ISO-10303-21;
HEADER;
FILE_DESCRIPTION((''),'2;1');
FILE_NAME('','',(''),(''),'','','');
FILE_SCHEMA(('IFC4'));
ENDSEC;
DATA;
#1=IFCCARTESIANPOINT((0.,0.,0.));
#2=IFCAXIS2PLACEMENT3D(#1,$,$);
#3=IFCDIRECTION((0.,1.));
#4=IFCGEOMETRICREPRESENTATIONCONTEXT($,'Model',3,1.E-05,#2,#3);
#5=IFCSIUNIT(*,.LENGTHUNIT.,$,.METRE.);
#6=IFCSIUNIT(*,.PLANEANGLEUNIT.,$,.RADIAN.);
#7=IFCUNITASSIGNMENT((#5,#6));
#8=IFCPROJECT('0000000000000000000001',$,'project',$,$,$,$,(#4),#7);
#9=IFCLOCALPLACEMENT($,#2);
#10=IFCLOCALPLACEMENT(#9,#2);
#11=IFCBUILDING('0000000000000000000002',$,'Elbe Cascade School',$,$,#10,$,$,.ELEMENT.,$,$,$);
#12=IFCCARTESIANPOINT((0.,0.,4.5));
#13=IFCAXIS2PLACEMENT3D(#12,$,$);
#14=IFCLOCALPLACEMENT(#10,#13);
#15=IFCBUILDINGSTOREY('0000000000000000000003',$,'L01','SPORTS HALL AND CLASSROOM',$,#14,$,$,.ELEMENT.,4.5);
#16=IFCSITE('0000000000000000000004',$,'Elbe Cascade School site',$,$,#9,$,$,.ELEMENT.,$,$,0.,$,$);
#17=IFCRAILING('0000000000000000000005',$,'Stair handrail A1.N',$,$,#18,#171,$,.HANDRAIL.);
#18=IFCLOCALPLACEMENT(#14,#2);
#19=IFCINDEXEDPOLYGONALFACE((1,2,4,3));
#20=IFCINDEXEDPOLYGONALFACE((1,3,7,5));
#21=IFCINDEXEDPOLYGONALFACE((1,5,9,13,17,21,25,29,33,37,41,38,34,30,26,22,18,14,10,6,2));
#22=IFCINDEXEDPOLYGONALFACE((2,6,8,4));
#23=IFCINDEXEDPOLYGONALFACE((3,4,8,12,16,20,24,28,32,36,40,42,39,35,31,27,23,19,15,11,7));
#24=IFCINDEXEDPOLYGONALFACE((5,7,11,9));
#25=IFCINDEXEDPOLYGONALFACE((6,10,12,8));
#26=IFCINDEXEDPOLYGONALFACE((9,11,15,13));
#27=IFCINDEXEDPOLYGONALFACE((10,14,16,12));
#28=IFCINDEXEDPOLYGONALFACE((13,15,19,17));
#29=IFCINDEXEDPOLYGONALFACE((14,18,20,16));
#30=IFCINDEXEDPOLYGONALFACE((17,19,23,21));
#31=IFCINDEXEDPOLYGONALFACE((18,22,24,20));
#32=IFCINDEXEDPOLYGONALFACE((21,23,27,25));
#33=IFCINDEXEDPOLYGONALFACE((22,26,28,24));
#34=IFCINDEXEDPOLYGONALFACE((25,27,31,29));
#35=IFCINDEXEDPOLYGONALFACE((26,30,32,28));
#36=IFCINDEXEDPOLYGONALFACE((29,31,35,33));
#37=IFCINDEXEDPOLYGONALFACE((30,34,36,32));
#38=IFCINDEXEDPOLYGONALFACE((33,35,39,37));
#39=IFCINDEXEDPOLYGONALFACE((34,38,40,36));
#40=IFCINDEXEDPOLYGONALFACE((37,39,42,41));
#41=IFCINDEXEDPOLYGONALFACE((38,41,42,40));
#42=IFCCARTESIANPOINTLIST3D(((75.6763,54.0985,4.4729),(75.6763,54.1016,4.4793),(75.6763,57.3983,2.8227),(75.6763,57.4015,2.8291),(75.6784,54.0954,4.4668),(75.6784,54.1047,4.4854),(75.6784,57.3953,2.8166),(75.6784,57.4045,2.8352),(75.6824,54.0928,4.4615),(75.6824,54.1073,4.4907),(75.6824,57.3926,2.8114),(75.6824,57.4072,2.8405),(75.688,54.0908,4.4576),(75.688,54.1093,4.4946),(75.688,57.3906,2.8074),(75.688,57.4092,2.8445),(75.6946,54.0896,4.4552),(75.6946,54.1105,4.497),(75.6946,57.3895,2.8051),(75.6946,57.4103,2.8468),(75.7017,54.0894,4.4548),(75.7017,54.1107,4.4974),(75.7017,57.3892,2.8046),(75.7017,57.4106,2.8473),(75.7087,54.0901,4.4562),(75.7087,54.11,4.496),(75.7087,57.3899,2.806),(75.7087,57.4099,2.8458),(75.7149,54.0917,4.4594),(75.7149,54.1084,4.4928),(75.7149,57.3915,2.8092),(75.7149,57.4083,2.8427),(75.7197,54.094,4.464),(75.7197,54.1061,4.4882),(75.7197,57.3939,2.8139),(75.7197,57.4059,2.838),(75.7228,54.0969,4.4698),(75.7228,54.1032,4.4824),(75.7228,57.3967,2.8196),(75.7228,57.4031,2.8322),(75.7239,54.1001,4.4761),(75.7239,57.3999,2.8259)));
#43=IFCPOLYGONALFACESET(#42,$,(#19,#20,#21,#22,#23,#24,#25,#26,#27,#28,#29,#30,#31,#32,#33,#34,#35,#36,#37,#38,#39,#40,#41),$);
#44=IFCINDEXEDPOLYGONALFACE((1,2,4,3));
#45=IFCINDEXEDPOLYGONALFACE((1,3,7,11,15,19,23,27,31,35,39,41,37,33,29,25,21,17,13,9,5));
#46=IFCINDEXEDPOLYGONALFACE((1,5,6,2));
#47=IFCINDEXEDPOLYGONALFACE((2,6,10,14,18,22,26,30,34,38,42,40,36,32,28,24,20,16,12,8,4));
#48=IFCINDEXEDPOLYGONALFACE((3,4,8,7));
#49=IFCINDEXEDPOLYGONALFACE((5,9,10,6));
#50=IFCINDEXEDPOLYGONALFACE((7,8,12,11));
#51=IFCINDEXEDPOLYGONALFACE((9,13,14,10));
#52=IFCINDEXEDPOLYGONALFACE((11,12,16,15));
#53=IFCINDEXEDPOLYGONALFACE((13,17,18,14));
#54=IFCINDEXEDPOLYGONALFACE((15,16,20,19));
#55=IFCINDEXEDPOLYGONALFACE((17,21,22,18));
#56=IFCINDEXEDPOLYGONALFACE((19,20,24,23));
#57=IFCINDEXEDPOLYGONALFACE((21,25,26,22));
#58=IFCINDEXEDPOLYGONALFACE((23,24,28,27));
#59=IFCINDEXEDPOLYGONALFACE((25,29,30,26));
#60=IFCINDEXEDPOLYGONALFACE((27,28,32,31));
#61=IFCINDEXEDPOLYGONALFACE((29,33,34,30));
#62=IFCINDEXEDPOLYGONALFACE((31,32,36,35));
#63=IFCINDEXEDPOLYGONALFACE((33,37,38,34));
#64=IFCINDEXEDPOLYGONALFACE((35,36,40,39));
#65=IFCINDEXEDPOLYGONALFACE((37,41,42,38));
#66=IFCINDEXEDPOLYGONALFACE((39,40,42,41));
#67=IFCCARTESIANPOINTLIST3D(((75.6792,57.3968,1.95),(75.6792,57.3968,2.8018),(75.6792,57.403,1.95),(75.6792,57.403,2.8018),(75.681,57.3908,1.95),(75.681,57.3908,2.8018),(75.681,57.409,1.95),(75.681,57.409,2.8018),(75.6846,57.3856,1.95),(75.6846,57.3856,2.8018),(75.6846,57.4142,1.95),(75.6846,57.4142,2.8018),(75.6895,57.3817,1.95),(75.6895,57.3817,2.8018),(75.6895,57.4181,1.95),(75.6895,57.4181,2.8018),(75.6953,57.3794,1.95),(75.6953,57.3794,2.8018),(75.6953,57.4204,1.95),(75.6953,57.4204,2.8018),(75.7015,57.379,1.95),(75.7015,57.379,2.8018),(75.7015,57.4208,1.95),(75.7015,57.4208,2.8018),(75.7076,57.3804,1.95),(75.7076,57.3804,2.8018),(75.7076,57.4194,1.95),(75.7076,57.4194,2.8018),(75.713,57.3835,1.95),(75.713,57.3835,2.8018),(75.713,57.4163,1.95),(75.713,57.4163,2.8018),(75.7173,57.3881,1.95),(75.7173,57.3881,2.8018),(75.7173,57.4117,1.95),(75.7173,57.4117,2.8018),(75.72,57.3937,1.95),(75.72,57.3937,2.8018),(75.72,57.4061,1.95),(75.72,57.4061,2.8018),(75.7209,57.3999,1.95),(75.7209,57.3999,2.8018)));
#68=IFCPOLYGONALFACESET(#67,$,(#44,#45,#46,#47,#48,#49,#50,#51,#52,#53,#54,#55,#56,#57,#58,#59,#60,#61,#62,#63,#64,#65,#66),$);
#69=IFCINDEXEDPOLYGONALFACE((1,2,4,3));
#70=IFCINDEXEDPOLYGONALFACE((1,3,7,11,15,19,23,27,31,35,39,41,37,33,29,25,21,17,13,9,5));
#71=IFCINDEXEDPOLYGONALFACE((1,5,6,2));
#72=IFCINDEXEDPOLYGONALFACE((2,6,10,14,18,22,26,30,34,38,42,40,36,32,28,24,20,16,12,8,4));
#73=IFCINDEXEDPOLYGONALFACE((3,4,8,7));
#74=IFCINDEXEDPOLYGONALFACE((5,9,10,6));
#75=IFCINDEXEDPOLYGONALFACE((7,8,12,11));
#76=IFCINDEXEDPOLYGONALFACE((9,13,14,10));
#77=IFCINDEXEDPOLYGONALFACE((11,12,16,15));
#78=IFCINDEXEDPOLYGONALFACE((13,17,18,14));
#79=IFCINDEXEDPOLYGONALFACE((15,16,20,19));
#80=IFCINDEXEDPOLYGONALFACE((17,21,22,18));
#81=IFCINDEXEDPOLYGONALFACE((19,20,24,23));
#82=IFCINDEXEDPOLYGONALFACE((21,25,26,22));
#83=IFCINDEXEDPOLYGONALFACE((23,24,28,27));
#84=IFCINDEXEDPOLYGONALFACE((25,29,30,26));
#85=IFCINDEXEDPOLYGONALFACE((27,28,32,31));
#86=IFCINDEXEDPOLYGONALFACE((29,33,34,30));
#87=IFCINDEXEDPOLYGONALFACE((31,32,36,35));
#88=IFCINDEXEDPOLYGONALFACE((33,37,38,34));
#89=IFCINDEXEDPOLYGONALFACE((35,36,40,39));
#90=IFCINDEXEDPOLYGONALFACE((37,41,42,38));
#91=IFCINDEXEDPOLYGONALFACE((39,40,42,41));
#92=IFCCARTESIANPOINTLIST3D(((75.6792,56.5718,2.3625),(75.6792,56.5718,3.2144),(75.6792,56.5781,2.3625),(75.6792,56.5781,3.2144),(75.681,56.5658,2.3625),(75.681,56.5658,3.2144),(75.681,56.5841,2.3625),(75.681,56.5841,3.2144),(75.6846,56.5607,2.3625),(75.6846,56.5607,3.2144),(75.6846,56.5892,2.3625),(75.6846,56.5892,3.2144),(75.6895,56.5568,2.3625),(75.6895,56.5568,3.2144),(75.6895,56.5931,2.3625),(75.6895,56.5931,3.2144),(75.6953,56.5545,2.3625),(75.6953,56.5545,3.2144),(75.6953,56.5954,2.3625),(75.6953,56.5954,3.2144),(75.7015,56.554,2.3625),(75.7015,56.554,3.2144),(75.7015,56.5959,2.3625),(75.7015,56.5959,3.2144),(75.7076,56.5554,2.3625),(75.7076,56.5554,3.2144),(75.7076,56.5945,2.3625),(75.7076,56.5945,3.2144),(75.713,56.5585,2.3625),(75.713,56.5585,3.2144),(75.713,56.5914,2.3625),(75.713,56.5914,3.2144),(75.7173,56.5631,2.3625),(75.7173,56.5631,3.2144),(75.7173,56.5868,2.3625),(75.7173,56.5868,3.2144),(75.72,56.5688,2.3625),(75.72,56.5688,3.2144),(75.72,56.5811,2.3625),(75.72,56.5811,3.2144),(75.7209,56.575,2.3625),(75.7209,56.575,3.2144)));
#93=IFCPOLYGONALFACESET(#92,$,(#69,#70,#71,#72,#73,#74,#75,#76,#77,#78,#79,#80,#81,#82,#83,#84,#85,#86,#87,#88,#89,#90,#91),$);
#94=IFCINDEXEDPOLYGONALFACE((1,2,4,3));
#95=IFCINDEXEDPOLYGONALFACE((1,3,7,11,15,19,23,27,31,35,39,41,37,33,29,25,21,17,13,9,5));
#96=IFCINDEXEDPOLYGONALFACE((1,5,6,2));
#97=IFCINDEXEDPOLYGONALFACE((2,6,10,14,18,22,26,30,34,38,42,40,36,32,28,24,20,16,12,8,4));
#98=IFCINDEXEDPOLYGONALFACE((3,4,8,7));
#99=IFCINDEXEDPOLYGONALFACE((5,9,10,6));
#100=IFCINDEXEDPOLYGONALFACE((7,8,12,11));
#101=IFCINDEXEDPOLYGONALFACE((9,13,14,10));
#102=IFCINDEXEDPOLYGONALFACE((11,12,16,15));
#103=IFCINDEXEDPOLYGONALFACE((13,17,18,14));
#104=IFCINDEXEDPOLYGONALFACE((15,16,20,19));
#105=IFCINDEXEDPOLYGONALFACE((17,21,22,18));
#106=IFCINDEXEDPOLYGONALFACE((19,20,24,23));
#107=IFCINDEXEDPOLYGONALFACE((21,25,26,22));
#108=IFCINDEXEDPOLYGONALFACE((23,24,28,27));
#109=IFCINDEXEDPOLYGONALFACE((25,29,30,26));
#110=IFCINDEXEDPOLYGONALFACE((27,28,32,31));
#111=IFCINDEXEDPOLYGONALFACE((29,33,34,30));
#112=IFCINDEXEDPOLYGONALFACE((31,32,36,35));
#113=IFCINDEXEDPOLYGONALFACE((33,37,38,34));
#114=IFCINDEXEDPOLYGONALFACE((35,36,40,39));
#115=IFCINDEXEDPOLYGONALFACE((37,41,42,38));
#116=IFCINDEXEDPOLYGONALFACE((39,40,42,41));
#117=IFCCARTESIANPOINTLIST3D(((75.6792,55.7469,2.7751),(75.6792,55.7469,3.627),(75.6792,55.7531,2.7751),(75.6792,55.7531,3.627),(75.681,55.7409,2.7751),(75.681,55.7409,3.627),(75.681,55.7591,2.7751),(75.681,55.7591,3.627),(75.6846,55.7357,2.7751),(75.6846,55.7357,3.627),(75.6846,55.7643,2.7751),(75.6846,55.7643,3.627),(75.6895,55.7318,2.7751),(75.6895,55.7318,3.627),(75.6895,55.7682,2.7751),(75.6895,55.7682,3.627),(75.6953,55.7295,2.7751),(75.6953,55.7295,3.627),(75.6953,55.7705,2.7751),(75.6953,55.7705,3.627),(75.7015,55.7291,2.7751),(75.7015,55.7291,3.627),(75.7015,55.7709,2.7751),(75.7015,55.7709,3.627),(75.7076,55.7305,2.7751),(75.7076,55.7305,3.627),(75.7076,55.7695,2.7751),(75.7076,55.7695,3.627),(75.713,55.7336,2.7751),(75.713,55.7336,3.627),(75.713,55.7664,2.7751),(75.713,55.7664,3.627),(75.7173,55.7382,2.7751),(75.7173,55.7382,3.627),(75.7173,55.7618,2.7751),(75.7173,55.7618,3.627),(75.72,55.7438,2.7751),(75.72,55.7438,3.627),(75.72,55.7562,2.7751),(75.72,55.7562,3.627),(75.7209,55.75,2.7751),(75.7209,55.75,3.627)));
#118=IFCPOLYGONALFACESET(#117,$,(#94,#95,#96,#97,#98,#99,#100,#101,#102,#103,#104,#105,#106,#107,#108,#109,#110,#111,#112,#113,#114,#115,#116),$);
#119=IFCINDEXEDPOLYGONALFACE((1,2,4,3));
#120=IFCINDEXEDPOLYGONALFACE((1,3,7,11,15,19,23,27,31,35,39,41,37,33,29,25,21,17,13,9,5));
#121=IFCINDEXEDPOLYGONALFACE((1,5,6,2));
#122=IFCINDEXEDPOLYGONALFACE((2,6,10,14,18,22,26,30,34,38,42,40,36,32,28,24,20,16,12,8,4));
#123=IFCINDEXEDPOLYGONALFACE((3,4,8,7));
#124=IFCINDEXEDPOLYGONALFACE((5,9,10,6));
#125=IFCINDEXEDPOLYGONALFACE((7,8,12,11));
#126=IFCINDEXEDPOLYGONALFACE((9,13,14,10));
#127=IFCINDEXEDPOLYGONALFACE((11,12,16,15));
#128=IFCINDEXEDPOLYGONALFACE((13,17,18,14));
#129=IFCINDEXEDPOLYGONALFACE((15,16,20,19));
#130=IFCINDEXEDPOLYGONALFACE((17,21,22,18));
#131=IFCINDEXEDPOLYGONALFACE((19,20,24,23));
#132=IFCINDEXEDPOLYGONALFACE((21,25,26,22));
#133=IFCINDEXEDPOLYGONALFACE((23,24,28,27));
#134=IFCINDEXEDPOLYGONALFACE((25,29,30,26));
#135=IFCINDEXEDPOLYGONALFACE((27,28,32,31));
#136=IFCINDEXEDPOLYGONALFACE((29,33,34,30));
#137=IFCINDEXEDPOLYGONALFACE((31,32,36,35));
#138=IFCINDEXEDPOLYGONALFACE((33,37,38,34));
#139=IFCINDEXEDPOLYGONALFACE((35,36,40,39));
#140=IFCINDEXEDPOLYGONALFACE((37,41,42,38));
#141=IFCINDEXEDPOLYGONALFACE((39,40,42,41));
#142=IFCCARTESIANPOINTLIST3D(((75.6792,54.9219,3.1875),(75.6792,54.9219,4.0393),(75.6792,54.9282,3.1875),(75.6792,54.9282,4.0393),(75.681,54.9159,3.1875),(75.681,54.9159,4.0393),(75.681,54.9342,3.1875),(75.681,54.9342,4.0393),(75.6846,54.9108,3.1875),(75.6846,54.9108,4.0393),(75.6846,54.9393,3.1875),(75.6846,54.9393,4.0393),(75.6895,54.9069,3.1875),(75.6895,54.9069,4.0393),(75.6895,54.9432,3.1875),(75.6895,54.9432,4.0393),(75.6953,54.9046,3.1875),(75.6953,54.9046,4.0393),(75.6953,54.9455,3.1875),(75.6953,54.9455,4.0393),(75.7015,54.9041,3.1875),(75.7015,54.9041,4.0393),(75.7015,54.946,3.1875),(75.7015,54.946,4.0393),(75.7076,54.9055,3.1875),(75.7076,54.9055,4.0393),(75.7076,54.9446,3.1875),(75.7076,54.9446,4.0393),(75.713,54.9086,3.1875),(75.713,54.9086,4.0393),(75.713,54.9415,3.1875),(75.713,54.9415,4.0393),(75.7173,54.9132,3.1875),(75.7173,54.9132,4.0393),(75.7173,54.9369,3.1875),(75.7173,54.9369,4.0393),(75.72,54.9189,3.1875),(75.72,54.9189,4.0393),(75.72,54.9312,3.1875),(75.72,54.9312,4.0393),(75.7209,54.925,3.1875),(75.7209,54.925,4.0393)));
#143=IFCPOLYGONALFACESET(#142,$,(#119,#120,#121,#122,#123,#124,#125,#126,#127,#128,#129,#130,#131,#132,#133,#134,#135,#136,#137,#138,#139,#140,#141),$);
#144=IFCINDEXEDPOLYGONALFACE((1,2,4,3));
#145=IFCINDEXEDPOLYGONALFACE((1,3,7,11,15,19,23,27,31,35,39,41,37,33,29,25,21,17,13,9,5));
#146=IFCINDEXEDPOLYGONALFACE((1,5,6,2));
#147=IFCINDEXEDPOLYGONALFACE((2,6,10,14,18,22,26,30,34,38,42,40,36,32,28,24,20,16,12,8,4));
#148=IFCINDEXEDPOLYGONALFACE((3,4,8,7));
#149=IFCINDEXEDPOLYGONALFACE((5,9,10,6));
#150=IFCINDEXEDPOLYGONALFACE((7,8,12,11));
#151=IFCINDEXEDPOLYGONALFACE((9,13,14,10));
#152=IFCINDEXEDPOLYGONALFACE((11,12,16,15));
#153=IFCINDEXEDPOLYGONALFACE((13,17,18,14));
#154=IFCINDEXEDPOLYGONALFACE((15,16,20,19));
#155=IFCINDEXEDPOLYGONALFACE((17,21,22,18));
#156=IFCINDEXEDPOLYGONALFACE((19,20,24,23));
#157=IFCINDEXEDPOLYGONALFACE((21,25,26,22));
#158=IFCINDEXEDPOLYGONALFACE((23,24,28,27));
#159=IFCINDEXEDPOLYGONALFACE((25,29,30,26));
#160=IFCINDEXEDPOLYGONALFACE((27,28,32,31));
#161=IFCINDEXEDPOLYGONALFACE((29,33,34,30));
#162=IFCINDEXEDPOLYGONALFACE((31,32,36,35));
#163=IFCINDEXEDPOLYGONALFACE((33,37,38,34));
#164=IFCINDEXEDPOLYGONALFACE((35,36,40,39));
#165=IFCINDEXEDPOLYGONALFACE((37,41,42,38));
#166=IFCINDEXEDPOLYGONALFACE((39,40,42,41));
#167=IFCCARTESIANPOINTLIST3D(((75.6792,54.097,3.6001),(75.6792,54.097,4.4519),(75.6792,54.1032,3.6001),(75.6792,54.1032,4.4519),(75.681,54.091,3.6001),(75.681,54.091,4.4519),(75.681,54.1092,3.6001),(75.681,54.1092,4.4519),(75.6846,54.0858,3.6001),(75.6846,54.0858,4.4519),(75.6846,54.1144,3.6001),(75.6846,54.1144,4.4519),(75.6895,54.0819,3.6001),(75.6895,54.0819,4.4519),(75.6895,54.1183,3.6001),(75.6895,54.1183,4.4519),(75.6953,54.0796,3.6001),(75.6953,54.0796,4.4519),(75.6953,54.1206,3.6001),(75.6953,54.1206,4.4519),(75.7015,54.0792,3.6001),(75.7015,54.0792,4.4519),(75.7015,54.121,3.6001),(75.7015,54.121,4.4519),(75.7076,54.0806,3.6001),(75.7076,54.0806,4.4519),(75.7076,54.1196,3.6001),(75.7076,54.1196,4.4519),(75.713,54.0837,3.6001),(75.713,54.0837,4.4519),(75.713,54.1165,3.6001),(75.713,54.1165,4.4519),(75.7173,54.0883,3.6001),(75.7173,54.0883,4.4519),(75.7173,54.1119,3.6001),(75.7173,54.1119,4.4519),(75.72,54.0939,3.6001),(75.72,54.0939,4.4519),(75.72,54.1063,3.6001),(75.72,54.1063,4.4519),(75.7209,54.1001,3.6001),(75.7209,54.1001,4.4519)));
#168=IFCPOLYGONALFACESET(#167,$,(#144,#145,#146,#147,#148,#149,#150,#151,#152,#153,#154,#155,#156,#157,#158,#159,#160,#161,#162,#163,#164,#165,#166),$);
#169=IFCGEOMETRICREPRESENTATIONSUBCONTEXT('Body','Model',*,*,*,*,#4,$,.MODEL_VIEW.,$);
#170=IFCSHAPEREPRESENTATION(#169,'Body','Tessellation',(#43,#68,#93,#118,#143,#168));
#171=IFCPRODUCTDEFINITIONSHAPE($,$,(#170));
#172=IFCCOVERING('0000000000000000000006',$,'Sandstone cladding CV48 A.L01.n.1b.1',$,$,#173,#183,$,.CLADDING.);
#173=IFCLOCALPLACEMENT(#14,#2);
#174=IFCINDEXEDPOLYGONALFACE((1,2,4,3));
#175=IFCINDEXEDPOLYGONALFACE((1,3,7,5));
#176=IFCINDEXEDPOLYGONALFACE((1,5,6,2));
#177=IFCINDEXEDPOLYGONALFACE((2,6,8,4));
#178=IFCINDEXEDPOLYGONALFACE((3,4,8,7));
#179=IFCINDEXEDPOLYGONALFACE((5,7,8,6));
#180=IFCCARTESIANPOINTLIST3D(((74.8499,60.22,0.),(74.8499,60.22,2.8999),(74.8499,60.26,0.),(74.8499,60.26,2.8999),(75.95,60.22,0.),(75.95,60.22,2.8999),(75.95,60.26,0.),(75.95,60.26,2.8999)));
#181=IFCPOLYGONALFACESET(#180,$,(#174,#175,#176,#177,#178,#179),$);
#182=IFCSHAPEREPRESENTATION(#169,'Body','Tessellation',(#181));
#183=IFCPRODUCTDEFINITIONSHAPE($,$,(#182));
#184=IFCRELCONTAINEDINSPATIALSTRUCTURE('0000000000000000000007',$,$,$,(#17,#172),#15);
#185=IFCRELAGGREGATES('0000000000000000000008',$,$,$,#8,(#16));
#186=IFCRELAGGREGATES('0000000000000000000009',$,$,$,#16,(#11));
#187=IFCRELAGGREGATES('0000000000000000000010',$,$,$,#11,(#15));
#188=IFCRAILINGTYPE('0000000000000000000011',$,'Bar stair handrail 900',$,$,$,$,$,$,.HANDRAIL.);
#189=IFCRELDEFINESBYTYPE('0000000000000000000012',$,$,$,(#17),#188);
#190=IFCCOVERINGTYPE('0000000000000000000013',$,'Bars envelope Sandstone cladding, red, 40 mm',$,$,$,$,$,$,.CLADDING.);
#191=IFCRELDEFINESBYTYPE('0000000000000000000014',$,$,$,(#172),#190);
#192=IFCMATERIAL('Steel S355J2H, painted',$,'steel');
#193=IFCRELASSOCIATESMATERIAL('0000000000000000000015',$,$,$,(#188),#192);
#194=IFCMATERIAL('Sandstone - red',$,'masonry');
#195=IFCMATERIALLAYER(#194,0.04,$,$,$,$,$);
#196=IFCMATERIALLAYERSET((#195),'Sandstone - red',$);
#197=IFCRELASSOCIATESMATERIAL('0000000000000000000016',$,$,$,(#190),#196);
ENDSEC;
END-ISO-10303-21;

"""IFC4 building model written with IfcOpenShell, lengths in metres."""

from ifc_helpers import new_model, si_unit, direction, frame, origin, origin_2d, place, context, subcontext, project, spatial, rectangle, circle, extrude, material, layer, layer_set, type_object, element, save


model = new_model("IFC4")

# Units and contexts
model_context = context("Model", 3, precision=1e-05, world=origin(), true_north=direction((0.0, 1.0)))
body_context = subcontext(model_context, "Body", "Model", "MODEL_VIEW")
ifc_project = project(units=[si_unit("LENGTHUNIT", "METRE"), si_unit("PLANEANGLEUNIT", "RADIAN")], contexts=[model_context])

# Site, building, storey
site_placement = place(None, origin())
site = spatial("IfcSite", under=ifc_project, at=site_placement, Name="Elbe Cascade School site", CompositionType="ELEMENT", RefElevation=0.0)
building_placement = place(site_placement, origin())
building = spatial("IfcBuilding", under=site, at=building_placement, Name="Elbe Cascade School", CompositionType="ELEMENT")
storey_placement = place(building_placement, frame((0.0, 0.0, 4.5)))
storey = spatial("IfcBuildingStorey", under=building, at=storey_placement, Name="L01", Description="SPORTS HALL AND CLASSROOM", CompositionType="ELEMENT", Elevation=4.5)

# Railing
ifc_material_1 = material(Name="Steel S355J2H, painted", Category="steel")
railing_type = type_object("IfcRailingType", Name="Bar stair handrail 900", PredefinedType="HANDRAIL", material=ifc_material_1)
railing_placement = place(storey_placement, frame((75.7, 57.3999, 1.95)))
element("IfcRailing", 1, at=railing_placement, inside=storey, type_object=railing_type, Name="Stair handrail A1.N", PredefinedType="HANDRAIL", context=body_context, shape_type="SweptSolid", body=[
    extrude(circle(Radius=0.0239, at=origin_2d()), frame((0.0, 0.0, 0.876), z_axis=(0.0, -0.894401, 0.447267), x_axis=(1.0, 0.0, 0.0)), (0.0, 0.0, 1.0), 3.6895),
    extrude(circle(Radius=0.021, at=origin_2d()), origin(), (0.0, 0.0, 1.0), 0.8518),
    extrude(circle(Radius=0.021, at=origin_2d()), frame((0.0, -0.825, 0.4126)), (0.0, 0.0, 1.0), 0.8518),
    extrude(circle(Radius=0.021, at=origin_2d()), frame((0.0, -1.6499, 0.8252)), (0.0, 0.0, 1.0), 0.8518),
    extrude(circle(Radius=0.021, at=origin_2d()), frame((0.0, -2.4749, 1.2375)), (0.0, 0.0, 1.0), 0.8518),
    extrude(circle(Radius=0.021, at=origin_2d()), frame((0.0, -3.2998, 1.6501)), (0.0, 0.0, 1.0), 0.8518),
])

# Covering
ifc_material_2 = material(Name="Sandstone - red", Category="masonry")
ifc_layer_1 = layer(ifc_material_2, 0.04)
ifc_layer_set_1 = layer_set([ifc_layer_1], Name="Sandstone - red")
covering_type = type_object("IfcCoveringType", Name="Bars envelope Sandstone cladding, red, 40 mm", PredefinedType="CLADDING", material=ifc_layer_set_1)
covering_placement = place(storey_placement, frame((75.3999, 60.24, 0.0), z_axis=(0.0, 0.0, 1.0), x_axis=(1.0, 0.0, 0.0)))
element("IfcCovering", 2, at=covering_placement, inside=storey, type_object=covering_type, Name="Sandstone cladding CV48 A.L01.n.1b.1", PredefinedType="CLADDING", context=body_context, shape_type="SweptSolid", body=[
    extrude(rectangle(XDim=1.1001, YDim=0.04, at=origin_2d()), origin(), (0.0, 0.0, 1.0), 2.8999),
])

save(model, "model.ifc")
